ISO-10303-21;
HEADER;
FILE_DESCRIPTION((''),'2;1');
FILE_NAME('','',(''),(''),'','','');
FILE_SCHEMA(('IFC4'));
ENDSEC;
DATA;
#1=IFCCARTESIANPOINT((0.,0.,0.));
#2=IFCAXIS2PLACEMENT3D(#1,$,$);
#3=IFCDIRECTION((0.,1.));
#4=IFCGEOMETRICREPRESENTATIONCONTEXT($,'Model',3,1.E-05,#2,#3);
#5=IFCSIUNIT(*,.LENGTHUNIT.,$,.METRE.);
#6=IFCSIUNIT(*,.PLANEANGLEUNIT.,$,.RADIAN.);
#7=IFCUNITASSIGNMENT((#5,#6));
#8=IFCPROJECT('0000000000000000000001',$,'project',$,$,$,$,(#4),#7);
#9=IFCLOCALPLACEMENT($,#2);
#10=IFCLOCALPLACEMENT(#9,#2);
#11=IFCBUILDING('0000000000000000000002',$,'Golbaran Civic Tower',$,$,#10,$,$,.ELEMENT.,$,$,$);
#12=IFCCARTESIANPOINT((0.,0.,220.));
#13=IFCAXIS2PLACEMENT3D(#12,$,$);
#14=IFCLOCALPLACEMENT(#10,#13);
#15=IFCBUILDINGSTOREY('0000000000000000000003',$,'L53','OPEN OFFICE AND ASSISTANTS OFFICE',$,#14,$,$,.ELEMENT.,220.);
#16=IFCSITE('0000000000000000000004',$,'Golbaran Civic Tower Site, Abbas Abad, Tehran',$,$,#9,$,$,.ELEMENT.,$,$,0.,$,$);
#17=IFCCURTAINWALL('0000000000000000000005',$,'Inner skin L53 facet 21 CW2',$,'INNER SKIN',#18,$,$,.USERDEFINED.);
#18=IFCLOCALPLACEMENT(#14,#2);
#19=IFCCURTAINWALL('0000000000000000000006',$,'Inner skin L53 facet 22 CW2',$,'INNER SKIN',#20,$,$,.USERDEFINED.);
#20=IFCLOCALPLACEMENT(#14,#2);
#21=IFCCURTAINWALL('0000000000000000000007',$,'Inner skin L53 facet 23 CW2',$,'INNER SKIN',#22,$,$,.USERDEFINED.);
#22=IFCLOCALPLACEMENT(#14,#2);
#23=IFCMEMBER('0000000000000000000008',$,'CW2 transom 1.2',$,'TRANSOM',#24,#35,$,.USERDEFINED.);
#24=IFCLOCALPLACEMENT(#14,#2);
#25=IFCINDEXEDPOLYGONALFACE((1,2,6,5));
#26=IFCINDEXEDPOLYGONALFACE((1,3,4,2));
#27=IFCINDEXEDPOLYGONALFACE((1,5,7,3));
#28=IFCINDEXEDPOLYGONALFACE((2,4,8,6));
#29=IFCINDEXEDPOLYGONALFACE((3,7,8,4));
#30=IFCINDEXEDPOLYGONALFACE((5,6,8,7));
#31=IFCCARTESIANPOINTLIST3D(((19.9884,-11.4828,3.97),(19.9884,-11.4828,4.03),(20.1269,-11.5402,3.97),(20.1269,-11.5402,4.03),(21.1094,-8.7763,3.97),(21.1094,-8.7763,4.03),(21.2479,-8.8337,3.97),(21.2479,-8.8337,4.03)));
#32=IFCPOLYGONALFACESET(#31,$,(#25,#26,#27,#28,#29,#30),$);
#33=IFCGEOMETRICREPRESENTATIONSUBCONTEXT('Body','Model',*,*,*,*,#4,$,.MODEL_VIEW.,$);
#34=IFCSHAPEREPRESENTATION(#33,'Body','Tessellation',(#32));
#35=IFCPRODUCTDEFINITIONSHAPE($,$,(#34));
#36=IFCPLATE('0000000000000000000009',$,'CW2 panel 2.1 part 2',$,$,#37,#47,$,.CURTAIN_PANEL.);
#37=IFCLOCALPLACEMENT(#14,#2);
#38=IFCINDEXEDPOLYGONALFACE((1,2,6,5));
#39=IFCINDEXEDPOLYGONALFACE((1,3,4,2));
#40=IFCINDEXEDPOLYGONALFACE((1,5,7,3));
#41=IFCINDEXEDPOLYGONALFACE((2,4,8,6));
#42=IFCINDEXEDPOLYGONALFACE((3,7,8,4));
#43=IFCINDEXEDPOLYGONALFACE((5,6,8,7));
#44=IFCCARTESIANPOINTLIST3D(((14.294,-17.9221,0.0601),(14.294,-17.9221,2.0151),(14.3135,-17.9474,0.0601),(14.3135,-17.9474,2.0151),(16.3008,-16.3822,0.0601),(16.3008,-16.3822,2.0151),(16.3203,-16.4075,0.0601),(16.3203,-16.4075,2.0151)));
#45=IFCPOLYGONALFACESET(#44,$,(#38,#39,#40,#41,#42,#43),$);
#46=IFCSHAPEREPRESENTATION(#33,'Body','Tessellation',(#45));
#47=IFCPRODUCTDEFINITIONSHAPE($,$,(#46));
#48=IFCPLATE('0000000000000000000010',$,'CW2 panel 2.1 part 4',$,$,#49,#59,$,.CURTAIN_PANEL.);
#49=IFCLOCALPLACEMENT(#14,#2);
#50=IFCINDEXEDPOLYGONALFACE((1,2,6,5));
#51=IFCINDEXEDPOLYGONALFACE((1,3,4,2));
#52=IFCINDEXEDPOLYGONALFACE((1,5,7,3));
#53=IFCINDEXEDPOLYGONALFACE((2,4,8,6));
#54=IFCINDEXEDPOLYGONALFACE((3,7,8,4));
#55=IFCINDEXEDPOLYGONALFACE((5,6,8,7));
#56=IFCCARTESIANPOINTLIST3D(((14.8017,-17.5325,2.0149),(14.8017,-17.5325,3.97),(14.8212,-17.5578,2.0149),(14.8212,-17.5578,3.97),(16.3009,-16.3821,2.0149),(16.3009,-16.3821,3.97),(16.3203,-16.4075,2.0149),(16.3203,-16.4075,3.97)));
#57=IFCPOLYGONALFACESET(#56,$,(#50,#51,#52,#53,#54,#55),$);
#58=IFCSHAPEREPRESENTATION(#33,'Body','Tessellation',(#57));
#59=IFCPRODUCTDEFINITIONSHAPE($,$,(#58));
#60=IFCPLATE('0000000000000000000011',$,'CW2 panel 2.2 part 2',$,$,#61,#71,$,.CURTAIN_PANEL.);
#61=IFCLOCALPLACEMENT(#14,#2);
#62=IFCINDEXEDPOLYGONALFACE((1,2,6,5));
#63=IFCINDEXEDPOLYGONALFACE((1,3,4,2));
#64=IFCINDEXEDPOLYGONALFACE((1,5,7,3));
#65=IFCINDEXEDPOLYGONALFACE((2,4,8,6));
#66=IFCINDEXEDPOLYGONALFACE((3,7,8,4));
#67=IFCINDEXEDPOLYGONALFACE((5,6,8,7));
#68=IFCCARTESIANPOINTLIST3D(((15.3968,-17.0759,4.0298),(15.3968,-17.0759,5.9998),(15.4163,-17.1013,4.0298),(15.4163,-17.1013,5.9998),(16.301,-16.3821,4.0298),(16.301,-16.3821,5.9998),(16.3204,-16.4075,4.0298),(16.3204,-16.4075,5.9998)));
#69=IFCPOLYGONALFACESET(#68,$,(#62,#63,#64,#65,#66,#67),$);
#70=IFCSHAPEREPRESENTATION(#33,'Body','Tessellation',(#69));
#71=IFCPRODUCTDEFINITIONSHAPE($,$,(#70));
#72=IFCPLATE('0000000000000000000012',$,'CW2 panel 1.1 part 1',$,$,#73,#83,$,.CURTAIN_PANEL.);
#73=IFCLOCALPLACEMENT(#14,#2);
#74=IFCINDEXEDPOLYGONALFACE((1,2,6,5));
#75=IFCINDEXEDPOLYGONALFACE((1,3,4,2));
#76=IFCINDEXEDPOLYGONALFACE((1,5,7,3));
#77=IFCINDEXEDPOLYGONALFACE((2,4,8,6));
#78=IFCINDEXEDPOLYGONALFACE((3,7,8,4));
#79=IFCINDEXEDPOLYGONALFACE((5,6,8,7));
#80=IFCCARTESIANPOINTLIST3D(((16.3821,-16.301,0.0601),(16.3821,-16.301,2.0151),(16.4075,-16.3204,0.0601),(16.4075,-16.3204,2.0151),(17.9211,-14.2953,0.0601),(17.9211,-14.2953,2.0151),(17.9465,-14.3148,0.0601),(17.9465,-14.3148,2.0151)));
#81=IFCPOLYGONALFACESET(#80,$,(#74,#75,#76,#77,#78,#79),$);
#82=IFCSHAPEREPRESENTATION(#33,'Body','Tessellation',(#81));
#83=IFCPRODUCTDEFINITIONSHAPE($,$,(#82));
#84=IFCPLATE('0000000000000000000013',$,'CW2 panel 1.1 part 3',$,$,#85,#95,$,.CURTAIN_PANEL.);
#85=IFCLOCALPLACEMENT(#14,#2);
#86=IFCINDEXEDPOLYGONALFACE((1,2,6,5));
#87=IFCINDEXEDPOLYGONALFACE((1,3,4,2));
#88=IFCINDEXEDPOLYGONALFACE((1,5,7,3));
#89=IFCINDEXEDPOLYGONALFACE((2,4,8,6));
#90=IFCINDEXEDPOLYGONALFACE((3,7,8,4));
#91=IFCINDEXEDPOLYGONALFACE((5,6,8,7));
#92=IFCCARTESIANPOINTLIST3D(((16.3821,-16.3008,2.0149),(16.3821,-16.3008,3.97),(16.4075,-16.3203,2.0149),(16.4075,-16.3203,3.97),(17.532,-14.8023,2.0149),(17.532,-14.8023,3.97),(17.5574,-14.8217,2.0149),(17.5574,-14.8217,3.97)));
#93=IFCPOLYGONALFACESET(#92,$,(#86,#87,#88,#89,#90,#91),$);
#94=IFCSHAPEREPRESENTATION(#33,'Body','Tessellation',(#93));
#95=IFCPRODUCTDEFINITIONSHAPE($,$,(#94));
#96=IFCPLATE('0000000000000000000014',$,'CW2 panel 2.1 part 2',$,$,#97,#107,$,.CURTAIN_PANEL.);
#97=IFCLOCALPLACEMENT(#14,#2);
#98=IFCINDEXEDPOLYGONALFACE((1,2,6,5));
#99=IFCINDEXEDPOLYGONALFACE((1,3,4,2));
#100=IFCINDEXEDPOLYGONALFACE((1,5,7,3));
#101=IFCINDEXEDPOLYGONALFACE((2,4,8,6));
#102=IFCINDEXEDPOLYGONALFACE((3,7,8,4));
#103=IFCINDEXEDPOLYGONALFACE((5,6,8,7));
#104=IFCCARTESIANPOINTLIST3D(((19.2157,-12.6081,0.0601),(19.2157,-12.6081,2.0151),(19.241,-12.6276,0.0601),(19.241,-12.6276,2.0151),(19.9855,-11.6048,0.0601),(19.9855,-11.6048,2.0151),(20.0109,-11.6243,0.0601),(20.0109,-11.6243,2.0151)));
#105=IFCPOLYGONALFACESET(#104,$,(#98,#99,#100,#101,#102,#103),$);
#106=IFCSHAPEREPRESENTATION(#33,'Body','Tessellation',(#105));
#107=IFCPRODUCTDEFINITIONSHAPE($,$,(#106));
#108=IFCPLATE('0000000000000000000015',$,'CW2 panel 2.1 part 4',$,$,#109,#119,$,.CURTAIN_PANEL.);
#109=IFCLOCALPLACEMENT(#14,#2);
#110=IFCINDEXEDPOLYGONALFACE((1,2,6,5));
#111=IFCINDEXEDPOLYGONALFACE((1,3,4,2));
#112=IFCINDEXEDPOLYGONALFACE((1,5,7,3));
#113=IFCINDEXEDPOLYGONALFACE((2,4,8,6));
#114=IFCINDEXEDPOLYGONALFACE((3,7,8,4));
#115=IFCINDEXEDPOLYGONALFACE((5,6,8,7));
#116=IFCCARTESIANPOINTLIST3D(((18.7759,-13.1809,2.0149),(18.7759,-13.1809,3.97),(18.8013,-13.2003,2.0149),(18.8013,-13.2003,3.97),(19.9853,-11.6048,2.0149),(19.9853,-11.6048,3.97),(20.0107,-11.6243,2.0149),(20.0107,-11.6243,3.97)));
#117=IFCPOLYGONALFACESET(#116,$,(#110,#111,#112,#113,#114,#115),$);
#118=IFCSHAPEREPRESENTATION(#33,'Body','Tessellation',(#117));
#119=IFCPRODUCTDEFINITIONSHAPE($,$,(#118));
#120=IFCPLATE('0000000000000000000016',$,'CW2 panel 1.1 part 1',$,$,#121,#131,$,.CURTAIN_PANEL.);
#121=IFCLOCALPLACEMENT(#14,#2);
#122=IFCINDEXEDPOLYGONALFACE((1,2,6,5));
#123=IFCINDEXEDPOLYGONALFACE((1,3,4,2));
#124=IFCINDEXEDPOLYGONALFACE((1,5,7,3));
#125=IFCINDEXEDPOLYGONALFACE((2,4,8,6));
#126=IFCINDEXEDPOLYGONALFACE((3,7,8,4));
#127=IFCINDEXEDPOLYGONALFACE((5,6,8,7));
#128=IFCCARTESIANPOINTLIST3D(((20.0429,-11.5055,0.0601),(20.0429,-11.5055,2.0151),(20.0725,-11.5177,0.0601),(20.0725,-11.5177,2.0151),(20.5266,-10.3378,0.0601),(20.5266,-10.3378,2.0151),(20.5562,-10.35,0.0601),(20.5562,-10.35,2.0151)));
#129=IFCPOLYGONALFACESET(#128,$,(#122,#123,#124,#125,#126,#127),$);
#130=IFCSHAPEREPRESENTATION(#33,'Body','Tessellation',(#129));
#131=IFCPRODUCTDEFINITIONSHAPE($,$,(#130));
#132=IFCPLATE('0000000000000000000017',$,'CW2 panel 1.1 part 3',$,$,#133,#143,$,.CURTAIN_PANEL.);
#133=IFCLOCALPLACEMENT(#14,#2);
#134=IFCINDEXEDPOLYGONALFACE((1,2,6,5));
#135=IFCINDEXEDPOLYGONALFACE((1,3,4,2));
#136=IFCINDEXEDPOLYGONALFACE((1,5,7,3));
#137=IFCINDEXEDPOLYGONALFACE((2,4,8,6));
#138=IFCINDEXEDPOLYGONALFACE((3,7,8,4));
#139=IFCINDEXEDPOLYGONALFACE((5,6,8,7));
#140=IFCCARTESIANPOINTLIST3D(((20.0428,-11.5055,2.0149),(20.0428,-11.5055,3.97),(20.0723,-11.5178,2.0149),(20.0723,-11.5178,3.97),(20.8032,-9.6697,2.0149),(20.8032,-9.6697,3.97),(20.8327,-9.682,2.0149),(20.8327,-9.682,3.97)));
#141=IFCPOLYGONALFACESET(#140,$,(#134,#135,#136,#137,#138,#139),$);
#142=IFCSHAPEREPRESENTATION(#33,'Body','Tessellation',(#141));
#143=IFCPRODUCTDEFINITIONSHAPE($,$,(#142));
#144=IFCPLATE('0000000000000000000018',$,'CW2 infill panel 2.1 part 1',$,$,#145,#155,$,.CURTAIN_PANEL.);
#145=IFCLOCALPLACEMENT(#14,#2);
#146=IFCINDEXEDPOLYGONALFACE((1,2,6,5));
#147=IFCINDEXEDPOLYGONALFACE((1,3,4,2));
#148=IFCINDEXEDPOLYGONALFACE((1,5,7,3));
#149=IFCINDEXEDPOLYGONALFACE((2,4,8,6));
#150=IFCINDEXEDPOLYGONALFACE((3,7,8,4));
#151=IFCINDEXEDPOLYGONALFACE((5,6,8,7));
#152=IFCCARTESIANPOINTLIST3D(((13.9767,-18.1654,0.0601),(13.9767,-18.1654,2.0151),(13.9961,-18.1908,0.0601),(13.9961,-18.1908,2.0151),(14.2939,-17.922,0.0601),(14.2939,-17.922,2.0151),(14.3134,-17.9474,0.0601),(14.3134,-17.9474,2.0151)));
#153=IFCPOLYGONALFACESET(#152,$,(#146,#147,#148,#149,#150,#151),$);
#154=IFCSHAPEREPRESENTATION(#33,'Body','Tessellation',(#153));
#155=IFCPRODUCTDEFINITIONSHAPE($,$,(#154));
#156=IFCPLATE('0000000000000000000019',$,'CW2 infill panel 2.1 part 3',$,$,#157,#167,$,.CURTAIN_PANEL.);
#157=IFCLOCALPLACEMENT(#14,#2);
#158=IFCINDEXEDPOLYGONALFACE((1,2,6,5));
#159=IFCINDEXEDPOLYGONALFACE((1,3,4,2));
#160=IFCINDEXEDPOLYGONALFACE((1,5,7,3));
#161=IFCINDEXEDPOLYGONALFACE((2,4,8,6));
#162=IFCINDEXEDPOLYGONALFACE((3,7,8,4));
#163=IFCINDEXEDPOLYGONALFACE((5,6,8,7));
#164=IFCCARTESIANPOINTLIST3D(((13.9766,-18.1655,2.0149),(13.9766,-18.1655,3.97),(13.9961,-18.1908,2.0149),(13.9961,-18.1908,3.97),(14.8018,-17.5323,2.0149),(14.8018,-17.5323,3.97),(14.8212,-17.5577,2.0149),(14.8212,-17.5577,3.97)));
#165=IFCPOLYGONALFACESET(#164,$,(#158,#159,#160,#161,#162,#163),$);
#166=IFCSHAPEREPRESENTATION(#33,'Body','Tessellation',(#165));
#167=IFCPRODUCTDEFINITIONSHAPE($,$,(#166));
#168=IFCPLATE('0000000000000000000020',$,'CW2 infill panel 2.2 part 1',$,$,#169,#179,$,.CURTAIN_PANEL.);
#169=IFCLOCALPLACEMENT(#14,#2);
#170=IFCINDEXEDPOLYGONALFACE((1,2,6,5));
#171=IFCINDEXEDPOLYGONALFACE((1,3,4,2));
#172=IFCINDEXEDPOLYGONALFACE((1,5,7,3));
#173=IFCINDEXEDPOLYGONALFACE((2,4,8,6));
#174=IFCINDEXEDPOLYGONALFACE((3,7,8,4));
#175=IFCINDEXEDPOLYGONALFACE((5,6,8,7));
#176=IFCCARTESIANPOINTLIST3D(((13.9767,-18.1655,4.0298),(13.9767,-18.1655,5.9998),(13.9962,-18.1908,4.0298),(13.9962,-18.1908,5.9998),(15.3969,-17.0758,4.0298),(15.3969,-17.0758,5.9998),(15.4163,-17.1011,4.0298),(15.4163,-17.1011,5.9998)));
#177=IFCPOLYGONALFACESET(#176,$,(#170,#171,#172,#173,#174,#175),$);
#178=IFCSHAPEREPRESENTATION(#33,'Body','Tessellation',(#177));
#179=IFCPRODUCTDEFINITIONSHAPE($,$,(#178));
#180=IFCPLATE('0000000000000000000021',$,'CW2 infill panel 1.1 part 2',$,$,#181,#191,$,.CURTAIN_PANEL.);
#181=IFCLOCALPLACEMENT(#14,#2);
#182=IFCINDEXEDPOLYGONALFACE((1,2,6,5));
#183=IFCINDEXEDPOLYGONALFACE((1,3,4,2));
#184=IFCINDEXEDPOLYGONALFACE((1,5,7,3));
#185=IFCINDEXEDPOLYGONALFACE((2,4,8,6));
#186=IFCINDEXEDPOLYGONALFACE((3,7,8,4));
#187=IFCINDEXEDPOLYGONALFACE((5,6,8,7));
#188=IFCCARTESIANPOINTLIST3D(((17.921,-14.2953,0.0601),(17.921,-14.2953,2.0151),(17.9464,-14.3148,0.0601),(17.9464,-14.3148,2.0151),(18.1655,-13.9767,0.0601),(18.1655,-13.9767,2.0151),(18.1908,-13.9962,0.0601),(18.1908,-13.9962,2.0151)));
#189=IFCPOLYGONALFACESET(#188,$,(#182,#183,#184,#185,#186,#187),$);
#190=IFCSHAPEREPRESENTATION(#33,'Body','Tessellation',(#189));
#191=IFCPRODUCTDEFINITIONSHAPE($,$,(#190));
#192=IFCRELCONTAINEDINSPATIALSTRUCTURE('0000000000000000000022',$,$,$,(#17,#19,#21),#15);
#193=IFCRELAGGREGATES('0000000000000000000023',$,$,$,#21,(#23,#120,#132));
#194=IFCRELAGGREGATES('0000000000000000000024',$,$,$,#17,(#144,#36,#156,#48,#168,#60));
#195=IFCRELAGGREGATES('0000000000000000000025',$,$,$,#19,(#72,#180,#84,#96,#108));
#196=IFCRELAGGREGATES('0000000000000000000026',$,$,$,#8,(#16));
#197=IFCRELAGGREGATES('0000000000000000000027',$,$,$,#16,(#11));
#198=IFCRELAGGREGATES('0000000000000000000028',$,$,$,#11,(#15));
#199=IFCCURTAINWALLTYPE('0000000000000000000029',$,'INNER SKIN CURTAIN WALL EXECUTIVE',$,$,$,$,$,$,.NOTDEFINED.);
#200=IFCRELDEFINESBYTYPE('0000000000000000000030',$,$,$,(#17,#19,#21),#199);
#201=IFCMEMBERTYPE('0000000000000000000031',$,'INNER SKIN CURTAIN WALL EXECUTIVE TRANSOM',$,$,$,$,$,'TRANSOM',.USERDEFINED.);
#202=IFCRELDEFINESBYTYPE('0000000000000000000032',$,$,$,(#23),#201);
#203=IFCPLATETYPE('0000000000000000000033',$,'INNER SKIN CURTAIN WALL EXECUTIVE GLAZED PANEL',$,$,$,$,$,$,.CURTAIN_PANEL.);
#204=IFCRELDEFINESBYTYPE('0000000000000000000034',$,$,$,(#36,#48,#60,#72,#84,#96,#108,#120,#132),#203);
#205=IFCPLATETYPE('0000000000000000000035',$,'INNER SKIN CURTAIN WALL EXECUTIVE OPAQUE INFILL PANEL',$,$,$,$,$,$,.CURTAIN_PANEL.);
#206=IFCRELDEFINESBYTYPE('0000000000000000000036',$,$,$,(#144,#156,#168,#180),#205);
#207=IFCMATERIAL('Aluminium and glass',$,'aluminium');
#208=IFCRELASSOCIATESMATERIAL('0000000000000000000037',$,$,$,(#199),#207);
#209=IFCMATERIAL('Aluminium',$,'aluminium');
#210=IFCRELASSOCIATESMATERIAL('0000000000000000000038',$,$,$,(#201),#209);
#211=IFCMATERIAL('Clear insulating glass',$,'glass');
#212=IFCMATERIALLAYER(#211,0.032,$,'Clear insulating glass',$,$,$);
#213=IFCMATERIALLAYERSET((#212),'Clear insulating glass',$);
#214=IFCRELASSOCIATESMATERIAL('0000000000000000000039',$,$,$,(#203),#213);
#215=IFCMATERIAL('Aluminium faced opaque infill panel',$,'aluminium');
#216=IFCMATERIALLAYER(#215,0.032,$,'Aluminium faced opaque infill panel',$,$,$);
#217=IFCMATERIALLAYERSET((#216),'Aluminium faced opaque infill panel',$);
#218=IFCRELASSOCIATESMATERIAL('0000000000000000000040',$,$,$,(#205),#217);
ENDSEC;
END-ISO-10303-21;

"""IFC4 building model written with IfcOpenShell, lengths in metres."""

from ifc_helpers import new_model, si_unit, direction, frame, origin, origin_2d, place, context, subcontext, project, spatial, rectangle, extrude, material, layer, layer_set, material_profile, profile_set, type_object, element, aggregate, save


model = new_model("IFC4")

# Units and contexts
model_context = context("Model", 3, precision=1e-05, world=origin(), true_north=direction((0.0, 1.0)))
body_context = subcontext(model_context, "Body", "Model", "MODEL_VIEW")
ifc_project = project(units=[si_unit("LENGTHUNIT", "METRE"), si_unit("PLANEANGLEUNIT", "RADIAN")], contexts=[model_context])

# Site, building, storey
site_placement = place(None, origin())
site = spatial("IfcSite", under=ifc_project, at=site_placement, Name="Golbaran Civic Tower Site, Abbas Abad, Tehran", CompositionType="ELEMENT", RefElevation=0.0)
building_placement = place(site_placement, origin())
building = spatial("IfcBuilding", under=site, at=building_placement, Name="Golbaran Civic Tower", CompositionType="ELEMENT")
storey_placement = place(building_placement, frame((0.0, 0.0, 220.0)))
storey = spatial("IfcBuildingStorey", under=building, at=storey_placement, Name="L53", Description="OPEN OFFICE AND ASSISTANTS OFFICE", CompositionType="ELEMENT", Elevation=220.0)

# Curtain wall
ifc_material_1 = material(Name="Aluminium and glass", Category="aluminium")
curtain_wall_type = type_object("IfcCurtainWallType", Name="INNER SKIN CURTAIN WALL EXECUTIVE", PredefinedType="NOTDEFINED", material=ifc_material_1)
curtain_wall_1_placement = place(storey_placement, origin())
curtain_wall_1 = element("IfcCurtainWall", 1, at=curtain_wall_1_placement, inside=storey, type_object=curtain_wall_type, Name="Inner skin L53 facet 21 CW2", ObjectType="INNER SKIN", PredefinedType="USERDEFINED")
ifc_material_2 = material(Name="Aluminium", Category="aluminium")

# Curtain wall
curtain_wall_2_placement = place(storey_placement, origin())
curtain_wall_2 = element("IfcCurtainWall", 2, at=curtain_wall_2_placement, inside=storey, type_object=curtain_wall_type, Name="Inner skin L53 facet 22 CW2", ObjectType="INNER SKIN", PredefinedType="USERDEFINED")

# Curtain wall
curtain_wall_3_placement = place(storey_placement, origin())
curtain_wall_3 = element("IfcCurtainWall", 3, at=curtain_wall_3_placement, inside=storey, type_object=curtain_wall_type, Name="Inner skin L53 facet 23 CW2", ObjectType="INNER SKIN", PredefinedType="USERDEFINED")

# Member
ifc_material_profile_1 = material_profile(ifc_material_2, rectangle(XDim=0.1499, YDim=0.0601, at=origin_2d()), Name="INNER SKIN CURTAIN WALL EXECUTIVE TRANSOM")
ifc_profile_set_1 = profile_set([ifc_material_profile_1], Name="Aluminium")
member_type_1 = type_object("IfcMemberType", Name="INNER SKIN CURTAIN WALL EXECUTIVE TRANSOM", ElementType="TRANSOM", PredefinedType="USERDEFINED", material=ifc_profile_set_1)
member_1_placement = place(storey_placement, frame((20.0576, -11.5115, 4.0), z_axis=(0.382685, 0.923879, 0.0), x_axis=(-0.923879, 0.382685, 0.0)))
member_1 = element("IfcMember", 4, at=member_1_placement, type_object=member_type_1, Name="CW2 transom 1.2", ObjectType="TRANSOM", PredefinedType="USERDEFINED", context=body_context, shape_type="SweptSolid", body=[
    extrude(rectangle(XDim=0.1499, YDim=0.0601, at=origin_2d()), origin(), (0.0, 0.0, 1.0), 2.9294),
])

# Plates
ifc_material_3 = material(Name="Clear insulating glass", Category="glass")
ifc_layer_1 = layer(ifc_material_3, 0.032, Name="Clear insulating glass")
ifc_layer_set_1 = layer_set([ifc_layer_1], Name="Clear insulating glass")
plate_type_1 = type_object("IfcPlateType", Name="INNER SKIN CURTAIN WALL EXECUTIVE GLAZED PANEL", PredefinedType="CURTAIN_PANEL", material=ifc_layer_set_1)
plate_1_placement = place(storey_placement, frame((15.3071, -17.1648, 0.0601), z_axis=(0.0, 0.0, 1.0), x_axis=(0.793353, 0.608761, 0.0)))
plate_1 = element("IfcPlate", 5, at=plate_1_placement, type_object=plate_type_1, Name="CW2 panel 2.1 part 2", PredefinedType="CURTAIN_PANEL", context=body_context, shape_type="SweptSolid", body=[
    extrude(rectangle(XDim=2.5295, YDim=0.032, at=origin_2d()), origin(), (0.0, 0.0, 1.0), 1.9551),
])
plate_2_placement = place(storey_placement, frame((15.561, -16.97, 2.0149), z_axis=(0.0, 0.0, 1.0), x_axis=(0.793353, 0.608761, 0.0)))
plate_2 = element("IfcPlate", 6, at=plate_2_placement, type_object=plate_type_1, Name="CW2 panel 2.1 part 4", PredefinedType="CURTAIN_PANEL", context=body_context, shape_type="SweptSolid", body=[
    extrude(rectangle(XDim=1.8896, YDim=0.032, at=origin_2d()), origin(), (0.0, 0.0, 1.0), 1.9551),
])
plate_3_placement = place(storey_placement, frame((15.8586, -16.7417, 4.0298), z_axis=(0.0, 0.0, 1.0), x_axis=(0.793353, 0.608761, 0.0)))
plate_3 = element("IfcPlate", 7, at=plate_3_placement, type_object=plate_type_1, Name="CW2 panel 2.2 part 2", PredefinedType="CURTAIN_PANEL", context=body_context, shape_type="SweptSolid", body=[
    extrude(rectangle(XDim=1.1396, YDim=0.032, at=origin_2d()), origin(), (0.0, 0.0, 1.0), 1.97),
])
plate_4_placement = place(storey_placement, frame((17.1643, -15.3079, 0.0601), z_axis=(0.0, 0.0, 1.0), x_axis=(0.608761, 0.793353, 0.0)))
plate_4 = element("IfcPlate", 8, at=plate_4_placement, type_object=plate_type_1, Name="CW2 panel 1.1 part 1", PredefinedType="CURTAIN_PANEL", context=body_context, shape_type="SweptSolid", body=[
    extrude(rectangle(XDim=2.5281, YDim=0.032, at=origin_2d()), origin(), (0.0, 0.0, 1.0), 1.9551),
])
plate_5_placement = place(storey_placement, frame((16.9697, -15.5613, 2.0149), z_axis=(0.0, 0.0, 1.0), x_axis=(0.608761, 0.793353, 0.0)))
plate_5 = element("IfcPlate", 9, at=plate_5_placement, type_object=plate_type_1, Name="CW2 panel 1.1 part 3", PredefinedType="CURTAIN_PANEL", context=body_context, shape_type="SweptSolid", body=[
    extrude(rectangle(XDim=1.8889, YDim=0.032, at=origin_2d()), origin(), (0.0, 0.0, 1.0), 1.9551),
])
plate_6_placement = place(storey_placement, frame((19.6133, -12.1162, 0.0601), z_axis=(0.0, 0.0, 1.0), x_axis=(0.608761, 0.793353, 0.0)))
plate_6 = element("IfcPlate", 10, at=plate_6_placement, type_object=plate_type_1, Name="CW2 panel 2.1 part 2", PredefinedType="CURTAIN_PANEL", context=body_context, shape_type="SweptSolid", body=[
    extrude(rectangle(XDim=1.2646, YDim=0.032, at=origin_2d()), origin(), (0.0, 0.0, 1.0), 1.9551),
])
plate_7_placement = place(storey_placement, frame((19.3933, -12.4026, 2.0149), z_axis=(0.0, 0.0, 1.0), x_axis=(0.608761, 0.793353, 0.0)))
plate_7 = element("IfcPlate", 11, at=plate_7_placement, type_object=plate_type_1, Name="CW2 panel 2.1 part 4", PredefinedType="CURTAIN_PANEL", context=body_context, shape_type="SweptSolid", body=[
    extrude(rectangle(XDim=1.9866, YDim=0.032, at=origin_2d()), origin(), (0.0, 0.0, 1.0), 1.9551),
])
plate_8_placement = place(storey_placement, frame((20.2996, -10.9277, 0.0601), z_axis=(0.0, 0.0, 1.0), x_axis=(0.382683, 0.92388, 0.0)))
plate_8 = element("IfcPlate", 12, at=plate_8_placement, type_object=plate_type_1, Name="CW2 panel 1.1 part 1", PredefinedType="CURTAIN_PANEL", context=body_context, shape_type="SweptSolid", body=[
    extrude(rectangle(XDim=1.2639, YDim=0.032, at=origin_2d()), origin(), (0.0, 0.0, 1.0), 1.9551),
])
plate_9_placement = place(storey_placement, frame((20.4377, -10.5938, 2.0149), z_axis=(0.0, 0.0, 1.0), x_axis=(0.382683, 0.92388, 0.0)))
plate_9 = element("IfcPlate", 13, at=plate_9_placement, type_object=plate_type_1, Name="CW2 panel 1.1 part 3", PredefinedType="CURTAIN_PANEL", context=body_context, shape_type="SweptSolid", body=[
    extrude(rectangle(XDim=1.9871, YDim=0.032, at=origin_2d()), origin(), (0.0, 0.0, 1.0), 1.9551),
])
aggregate(curtain_wall_3, [member_1, plate_8, plate_9])
ifc_material_4 = material(Name="Aluminium faced opaque infill panel", Category="aluminium")
ifc_layer_2 = layer(ifc_material_4, 0.032, Name="Aluminium faced opaque infill panel")
ifc_layer_set_2 = layer_set([ifc_layer_2], Name="Aluminium faced opaque infill panel")
plate_type_2 = type_object("IfcPlateType", Name="INNER SKIN CURTAIN WALL EXECUTIVE OPAQUE INFILL PANEL", PredefinedType="CURTAIN_PANEL", material=ifc_layer_set_2)
plate_10_placement = place(storey_placement, frame((14.145, -18.0564, 0.0601), z_axis=(0.0, 0.0, 1.0), x_axis=(0.793353, 0.608761, 0.0)))
plate_10 = element("IfcPlate", 14, at=plate_10_placement, type_object=plate_type_2, Name="CW2 infill panel 2.1 part 1", PredefinedType="CURTAIN_PANEL", context=body_context, shape_type="SweptSolid", body=[
    extrude(rectangle(XDim=0.3999, YDim=0.032, at=origin_2d()), origin(), (0.0, 0.0, 1.0), 1.9551),
])
plate_11_placement = place(storey_placement, frame((14.3989, -17.8616, 2.0149), z_axis=(0.0, 0.0, 1.0), x_axis=(0.793353, 0.608761, 0.0)))
plate_11 = element("IfcPlate", 15, at=plate_11_placement, type_object=plate_type_2, Name="CW2 infill panel 2.1 part 3", PredefinedType="CURTAIN_PANEL", context=body_context, shape_type="SweptSolid", body=[
    extrude(rectangle(XDim=1.04, YDim=0.032, at=origin_2d()), origin(), (0.0, 0.0, 1.0), 1.9551),
])
plate_12_placement = place(storey_placement, frame((14.6965, -17.6333, 4.0298), z_axis=(0.0, 0.0, 1.0), x_axis=(0.793353, 0.608761, 0.0)))
plate_12 = element("IfcPlate", 16, at=plate_12_placement, type_object=plate_type_2, Name="CW2 infill panel 2.2 part 1", PredefinedType="CURTAIN_PANEL", context=body_context, shape_type="SweptSolid", body=[
    extrude(rectangle(XDim=1.79, YDim=0.032, at=origin_2d()), origin(), (0.0, 0.0, 1.0), 1.97),
])
aggregate(curtain_wall_1, [plate_10, plate_1, plate_11, plate_2, plate_12, plate_3])
plate_13_placement = place(storey_placement, frame((18.0559, -14.1458, 0.0601), z_axis=(0.0, 0.0, 1.0), x_axis=(0.608761, 0.793353, 0.0)))
plate_13 = element("IfcPlate", 17, at=plate_13_placement, type_object=plate_type_2, Name="CW2 infill panel 1.1 part 2", PredefinedType="CURTAIN_PANEL", context=body_context, shape_type="SweptSolid", body=[
    extrude(rectangle(XDim=0.4016, YDim=0.032, at=origin_2d()), origin(), (0.0, 0.0, 1.0), 1.9551),
])
aggregate(curtain_wall_2, [plate_4, plate_13, plate_5, plate_6, plate_7])

save(model, "model.ifc")
